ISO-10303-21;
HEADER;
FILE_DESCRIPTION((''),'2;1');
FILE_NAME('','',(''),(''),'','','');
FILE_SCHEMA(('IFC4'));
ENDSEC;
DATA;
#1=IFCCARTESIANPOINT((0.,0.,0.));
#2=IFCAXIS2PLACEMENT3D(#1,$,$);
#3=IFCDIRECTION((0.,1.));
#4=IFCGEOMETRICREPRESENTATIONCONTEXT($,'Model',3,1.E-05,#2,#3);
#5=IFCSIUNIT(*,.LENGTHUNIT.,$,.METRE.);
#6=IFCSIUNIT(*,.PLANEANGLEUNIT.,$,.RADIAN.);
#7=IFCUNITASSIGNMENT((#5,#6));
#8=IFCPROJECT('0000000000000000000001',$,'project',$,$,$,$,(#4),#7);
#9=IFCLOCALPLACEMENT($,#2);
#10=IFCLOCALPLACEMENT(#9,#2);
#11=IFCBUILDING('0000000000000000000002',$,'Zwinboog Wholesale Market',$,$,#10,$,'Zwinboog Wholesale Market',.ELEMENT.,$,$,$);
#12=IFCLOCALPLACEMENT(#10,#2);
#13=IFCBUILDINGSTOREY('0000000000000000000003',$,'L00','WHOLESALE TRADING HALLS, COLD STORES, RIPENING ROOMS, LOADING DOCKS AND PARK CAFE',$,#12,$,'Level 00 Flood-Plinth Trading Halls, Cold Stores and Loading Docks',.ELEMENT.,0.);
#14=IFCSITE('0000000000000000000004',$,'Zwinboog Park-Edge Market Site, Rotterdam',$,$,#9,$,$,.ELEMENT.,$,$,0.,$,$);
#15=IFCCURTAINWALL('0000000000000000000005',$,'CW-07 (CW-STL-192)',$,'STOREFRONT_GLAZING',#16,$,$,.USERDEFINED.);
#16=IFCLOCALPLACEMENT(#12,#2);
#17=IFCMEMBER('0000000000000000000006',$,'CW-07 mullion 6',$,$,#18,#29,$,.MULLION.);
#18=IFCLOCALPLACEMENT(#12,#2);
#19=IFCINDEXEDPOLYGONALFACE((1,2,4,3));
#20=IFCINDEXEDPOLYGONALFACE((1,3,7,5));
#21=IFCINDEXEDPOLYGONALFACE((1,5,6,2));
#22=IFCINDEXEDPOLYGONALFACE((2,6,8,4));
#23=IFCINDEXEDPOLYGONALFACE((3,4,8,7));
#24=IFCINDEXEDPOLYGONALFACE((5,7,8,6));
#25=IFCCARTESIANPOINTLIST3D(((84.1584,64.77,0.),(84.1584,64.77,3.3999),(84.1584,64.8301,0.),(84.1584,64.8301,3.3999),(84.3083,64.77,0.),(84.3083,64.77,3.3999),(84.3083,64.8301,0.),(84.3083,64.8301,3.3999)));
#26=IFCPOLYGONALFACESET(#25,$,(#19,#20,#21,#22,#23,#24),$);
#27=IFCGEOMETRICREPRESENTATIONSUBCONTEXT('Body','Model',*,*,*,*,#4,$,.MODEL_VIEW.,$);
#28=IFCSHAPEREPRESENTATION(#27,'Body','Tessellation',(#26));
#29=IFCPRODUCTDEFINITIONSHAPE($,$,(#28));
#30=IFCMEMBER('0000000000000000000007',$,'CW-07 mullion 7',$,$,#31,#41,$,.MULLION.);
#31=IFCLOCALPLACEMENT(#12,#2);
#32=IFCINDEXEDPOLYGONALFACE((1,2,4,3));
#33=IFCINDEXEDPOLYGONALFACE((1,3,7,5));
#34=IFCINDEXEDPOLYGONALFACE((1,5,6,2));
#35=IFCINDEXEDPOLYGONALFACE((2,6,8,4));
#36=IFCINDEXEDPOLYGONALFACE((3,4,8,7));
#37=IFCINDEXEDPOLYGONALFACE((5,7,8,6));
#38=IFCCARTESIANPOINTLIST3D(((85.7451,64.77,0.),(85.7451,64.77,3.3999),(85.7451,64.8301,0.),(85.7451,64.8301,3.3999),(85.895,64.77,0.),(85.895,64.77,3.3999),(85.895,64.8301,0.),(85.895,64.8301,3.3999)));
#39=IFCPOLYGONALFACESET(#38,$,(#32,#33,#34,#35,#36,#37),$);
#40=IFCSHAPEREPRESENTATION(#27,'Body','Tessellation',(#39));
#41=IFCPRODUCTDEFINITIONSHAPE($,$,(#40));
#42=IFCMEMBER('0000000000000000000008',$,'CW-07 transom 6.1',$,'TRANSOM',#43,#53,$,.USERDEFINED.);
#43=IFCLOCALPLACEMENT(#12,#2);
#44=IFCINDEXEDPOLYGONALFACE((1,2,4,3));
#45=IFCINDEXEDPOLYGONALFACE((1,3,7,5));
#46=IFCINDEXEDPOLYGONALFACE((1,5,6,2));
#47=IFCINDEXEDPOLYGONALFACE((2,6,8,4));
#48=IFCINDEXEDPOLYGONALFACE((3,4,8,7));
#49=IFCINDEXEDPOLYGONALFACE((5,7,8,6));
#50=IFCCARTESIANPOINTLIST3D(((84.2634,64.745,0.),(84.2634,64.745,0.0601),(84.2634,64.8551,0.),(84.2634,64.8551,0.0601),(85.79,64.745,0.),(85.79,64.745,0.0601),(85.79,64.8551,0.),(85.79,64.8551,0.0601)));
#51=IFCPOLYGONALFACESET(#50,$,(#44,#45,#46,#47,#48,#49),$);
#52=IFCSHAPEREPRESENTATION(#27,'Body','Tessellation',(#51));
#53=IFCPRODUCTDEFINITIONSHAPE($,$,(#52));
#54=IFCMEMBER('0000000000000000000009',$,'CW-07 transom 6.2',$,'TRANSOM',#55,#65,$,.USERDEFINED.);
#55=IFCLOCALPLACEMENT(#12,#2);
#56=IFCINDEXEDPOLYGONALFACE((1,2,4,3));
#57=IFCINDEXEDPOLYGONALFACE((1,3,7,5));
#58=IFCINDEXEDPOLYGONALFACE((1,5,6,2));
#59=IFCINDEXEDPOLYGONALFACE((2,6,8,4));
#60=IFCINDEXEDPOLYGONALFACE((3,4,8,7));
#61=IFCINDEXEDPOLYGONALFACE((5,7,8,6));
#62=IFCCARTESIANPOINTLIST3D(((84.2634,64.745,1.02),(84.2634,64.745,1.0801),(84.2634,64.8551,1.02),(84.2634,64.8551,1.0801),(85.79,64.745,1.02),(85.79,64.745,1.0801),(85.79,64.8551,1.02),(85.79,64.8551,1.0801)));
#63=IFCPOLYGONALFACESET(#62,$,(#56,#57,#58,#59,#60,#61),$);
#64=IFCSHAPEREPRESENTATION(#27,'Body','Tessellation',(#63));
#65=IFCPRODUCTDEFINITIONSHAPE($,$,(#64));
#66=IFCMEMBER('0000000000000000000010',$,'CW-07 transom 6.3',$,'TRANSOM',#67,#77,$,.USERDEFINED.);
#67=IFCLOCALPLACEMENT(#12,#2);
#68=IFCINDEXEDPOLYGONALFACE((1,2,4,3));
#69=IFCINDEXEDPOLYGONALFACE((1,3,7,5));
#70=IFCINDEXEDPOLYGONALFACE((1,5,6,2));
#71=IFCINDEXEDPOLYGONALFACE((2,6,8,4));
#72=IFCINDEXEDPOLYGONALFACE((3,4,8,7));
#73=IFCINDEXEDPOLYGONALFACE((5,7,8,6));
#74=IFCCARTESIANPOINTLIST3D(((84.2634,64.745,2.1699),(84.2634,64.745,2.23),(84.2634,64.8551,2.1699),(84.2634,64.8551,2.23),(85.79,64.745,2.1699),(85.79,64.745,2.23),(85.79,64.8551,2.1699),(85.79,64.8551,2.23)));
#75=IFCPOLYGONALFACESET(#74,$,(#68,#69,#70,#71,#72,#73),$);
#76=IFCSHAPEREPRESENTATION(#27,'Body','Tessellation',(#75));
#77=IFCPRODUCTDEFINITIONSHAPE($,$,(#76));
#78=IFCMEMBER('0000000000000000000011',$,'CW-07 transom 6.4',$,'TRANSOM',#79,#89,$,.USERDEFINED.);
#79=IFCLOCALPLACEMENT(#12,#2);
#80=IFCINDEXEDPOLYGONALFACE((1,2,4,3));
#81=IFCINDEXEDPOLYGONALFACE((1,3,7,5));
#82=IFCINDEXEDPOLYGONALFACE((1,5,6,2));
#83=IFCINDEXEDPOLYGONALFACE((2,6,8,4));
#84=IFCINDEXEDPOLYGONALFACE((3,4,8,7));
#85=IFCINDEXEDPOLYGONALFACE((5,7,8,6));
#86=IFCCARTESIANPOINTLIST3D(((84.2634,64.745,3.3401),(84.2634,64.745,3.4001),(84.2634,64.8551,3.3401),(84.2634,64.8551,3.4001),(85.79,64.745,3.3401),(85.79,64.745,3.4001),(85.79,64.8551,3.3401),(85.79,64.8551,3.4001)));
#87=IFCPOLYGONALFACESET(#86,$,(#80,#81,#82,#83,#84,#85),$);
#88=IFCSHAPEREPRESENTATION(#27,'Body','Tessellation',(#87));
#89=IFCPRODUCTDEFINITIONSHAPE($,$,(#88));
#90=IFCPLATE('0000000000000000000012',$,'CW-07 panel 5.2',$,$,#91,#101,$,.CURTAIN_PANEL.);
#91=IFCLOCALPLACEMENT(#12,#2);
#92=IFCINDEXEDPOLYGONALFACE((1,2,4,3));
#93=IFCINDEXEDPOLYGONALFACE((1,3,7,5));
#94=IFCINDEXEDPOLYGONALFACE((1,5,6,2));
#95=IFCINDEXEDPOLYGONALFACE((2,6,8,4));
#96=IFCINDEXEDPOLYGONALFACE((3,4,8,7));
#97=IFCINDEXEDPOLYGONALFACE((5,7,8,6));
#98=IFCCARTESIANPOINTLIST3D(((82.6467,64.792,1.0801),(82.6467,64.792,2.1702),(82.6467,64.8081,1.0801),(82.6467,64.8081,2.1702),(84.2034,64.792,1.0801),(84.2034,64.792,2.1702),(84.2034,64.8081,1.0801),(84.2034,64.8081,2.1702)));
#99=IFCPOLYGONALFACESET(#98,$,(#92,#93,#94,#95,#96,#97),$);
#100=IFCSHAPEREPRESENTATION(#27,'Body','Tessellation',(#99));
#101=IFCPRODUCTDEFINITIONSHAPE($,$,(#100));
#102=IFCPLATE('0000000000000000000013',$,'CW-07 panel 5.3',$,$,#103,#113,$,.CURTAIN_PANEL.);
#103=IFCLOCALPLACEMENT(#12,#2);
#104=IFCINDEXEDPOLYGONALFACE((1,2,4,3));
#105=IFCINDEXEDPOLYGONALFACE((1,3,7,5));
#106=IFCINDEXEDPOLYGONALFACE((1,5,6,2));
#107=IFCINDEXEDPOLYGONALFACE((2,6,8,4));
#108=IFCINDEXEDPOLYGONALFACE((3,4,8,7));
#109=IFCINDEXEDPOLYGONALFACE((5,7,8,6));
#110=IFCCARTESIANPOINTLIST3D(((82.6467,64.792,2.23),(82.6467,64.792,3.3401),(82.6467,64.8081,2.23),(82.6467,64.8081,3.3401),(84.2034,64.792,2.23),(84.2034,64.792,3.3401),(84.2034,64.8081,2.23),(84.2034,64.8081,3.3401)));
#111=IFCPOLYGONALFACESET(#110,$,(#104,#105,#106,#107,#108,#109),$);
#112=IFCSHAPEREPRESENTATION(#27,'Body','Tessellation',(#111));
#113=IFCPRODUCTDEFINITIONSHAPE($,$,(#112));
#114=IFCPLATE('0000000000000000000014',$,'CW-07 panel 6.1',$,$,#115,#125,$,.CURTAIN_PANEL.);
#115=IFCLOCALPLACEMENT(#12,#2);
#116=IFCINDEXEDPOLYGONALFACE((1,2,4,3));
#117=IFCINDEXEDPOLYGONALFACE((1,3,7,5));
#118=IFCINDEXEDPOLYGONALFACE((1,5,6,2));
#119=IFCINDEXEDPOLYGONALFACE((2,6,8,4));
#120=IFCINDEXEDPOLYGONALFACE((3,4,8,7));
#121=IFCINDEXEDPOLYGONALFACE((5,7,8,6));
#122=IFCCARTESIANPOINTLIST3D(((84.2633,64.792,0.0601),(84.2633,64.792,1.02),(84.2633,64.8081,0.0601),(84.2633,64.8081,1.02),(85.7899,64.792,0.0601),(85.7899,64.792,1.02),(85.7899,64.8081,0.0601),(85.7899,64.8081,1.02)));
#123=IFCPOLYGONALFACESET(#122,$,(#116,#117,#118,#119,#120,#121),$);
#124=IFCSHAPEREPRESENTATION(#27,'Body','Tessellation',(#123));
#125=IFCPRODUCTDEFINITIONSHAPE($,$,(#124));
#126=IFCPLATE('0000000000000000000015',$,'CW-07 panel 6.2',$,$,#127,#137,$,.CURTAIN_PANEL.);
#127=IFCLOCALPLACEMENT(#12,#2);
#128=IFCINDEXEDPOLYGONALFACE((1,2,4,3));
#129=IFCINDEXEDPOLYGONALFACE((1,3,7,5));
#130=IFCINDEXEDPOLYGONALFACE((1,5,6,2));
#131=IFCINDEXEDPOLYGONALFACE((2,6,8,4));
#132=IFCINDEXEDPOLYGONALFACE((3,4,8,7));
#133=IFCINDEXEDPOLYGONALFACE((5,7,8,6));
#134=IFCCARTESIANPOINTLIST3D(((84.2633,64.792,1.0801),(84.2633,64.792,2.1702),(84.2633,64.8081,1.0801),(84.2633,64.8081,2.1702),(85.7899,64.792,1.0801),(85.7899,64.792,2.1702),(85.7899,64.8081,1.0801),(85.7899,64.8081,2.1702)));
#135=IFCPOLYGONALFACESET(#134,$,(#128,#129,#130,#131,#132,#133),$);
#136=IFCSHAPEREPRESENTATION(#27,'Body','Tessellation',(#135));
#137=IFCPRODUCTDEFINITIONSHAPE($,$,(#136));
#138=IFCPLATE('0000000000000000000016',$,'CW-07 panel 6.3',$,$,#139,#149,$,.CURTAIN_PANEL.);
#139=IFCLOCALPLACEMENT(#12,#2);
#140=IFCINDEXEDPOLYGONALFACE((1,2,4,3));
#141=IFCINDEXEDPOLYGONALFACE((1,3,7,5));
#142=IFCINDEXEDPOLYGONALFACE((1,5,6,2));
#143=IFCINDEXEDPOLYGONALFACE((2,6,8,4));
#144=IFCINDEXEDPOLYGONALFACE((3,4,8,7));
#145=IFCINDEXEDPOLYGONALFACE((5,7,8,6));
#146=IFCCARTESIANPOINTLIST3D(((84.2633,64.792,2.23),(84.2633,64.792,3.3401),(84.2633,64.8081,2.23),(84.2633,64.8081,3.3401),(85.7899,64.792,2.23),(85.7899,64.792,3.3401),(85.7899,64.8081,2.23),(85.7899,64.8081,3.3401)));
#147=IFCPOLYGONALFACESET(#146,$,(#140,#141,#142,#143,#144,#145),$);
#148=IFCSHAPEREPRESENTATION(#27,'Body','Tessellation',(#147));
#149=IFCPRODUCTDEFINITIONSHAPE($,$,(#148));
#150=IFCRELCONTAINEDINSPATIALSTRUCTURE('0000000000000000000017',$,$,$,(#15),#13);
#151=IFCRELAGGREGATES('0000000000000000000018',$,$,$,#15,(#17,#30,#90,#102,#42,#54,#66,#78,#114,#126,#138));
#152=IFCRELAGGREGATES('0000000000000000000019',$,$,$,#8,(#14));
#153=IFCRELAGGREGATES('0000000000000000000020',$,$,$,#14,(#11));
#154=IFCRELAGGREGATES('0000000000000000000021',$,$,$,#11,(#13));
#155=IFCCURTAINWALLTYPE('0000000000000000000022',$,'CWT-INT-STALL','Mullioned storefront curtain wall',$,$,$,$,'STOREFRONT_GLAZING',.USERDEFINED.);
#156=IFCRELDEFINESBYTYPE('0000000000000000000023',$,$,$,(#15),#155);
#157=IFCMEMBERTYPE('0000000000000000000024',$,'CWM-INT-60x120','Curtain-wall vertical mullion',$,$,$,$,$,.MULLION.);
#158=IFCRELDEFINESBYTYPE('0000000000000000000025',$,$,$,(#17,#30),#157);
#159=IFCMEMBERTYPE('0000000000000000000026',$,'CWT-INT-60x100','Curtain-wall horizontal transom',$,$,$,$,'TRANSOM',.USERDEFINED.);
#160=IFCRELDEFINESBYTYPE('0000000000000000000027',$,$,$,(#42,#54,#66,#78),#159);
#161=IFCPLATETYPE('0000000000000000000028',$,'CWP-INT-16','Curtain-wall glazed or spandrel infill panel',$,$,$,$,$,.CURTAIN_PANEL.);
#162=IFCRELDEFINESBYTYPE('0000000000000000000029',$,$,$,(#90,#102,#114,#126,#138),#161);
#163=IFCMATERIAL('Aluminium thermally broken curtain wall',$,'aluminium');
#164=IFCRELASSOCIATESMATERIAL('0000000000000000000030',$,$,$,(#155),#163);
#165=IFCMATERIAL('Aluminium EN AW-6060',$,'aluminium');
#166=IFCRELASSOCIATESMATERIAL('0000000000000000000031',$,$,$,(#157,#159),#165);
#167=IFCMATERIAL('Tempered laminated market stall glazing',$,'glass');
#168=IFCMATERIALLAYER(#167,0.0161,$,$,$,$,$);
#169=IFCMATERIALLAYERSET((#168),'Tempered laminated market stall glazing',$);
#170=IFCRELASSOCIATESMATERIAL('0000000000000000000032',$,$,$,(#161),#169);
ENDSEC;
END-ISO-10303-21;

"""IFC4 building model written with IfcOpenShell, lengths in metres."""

from ifc_helpers import new_model, si_unit, direction, frame, origin, origin_2d, place, context, subcontext, project, spatial, rectangle, extrude, material, layer, layer_set, material_profile, profile_set, type_object, element, aggregate, save


model = new_model("IFC4")

# Units and contexts
model_context = context("Model", 3, precision=1e-05, world=origin(), true_north=direction((0.0, 1.0)))
body_context = subcontext(model_context, "Body", "Model", "MODEL_VIEW")
ifc_project = project(units=[si_unit("LENGTHUNIT", "METRE"), si_unit("PLANEANGLEUNIT", "RADIAN")], contexts=[model_context])

# Site, building, storey
site_placement = place(None, origin())
site = spatial("IfcSite", under=ifc_project, at=site_placement, Name="Zwinboog Park-Edge Market Site, Rotterdam", CompositionType="ELEMENT", RefElevation=0.0)
building_placement = place(site_placement, origin())
building = spatial("IfcBuilding", under=site, at=building_placement, Name="Zwinboog Wholesale Market", LongName="Zwinboog Wholesale Market", CompositionType="ELEMENT")
storey_placement = place(building_placement, origin())
storey = spatial("IfcBuildingStorey", under=building, at=storey_placement, Name="L00", Description="WHOLESALE TRADING HALLS, COLD STORES, RIPENING ROOMS, LOADING DOCKS AND PARK CAFE", LongName="Level 00 Flood-Plinth Trading Halls, Cold Stores and Loading Docks", CompositionType="ELEMENT", Elevation=0.0)

# Curtain wall, members, plates
ifc_material_1 = material(Name="Aluminium thermally broken curtain wall", Category="aluminium")
curtain_wall_type = type_object("IfcCurtainWallType", Name="CWT-INT-STALL", Description="Mullioned storefront curtain wall", ElementType="STOREFRONT_GLAZING", PredefinedType="USERDEFINED", material=ifc_material_1)
curtain_wall_placement = place(storey_placement, origin())
curtain_wall = element("IfcCurtainWall", 1, at=curtain_wall_placement, inside=storey, type_object=curtain_wall_type, Name="CW-07 (CW-STL-192)", ObjectType="STOREFRONT_GLAZING", PredefinedType="USERDEFINED")
ifc_material_2 = material(Name="Aluminium EN AW-6060", Category="aluminium")
ifc_material_profile_1 = material_profile(ifc_material_2, rectangle(XDim=0.0601, YDim=0.1499, at=origin_2d()), Name="AL 60x150")
ifc_profile_set_1 = profile_set([ifc_material_profile_1], Name="Aluminium EN AW-6060")
member_type_1 = type_object("IfcMemberType", Name="CWM-INT-60x120", Description="Curtain-wall vertical mullion", PredefinedType="MULLION", material=ifc_profile_set_1)
member_1_placement = place(storey_placement, frame((84.2334, 64.8, 0.0), z_axis=(0.0, 0.0, 1.0), x_axis=(0.0, 1.0, 0.0)))
member_1 = element("IfcMember", 2, at=member_1_placement, type_object=member_type_1, Name="CW-07 mullion 6", PredefinedType="MULLION", context=body_context, shape_type="SweptSolid", body=[
    extrude(rectangle(XDim=0.0601, YDim=0.1499, at=origin_2d()), origin(), (0.0, 0.0, 1.0), 3.3999),
])
member_2_placement = place(storey_placement, frame((85.8201, 64.8, 0.0), z_axis=(0.0, 0.0, 1.0), x_axis=(0.0, 1.0, 0.0)))
member_2 = element("IfcMember", 3, at=member_2_placement, type_object=member_type_1, Name="CW-07 mullion 7", PredefinedType="MULLION", context=body_context, shape_type="SweptSolid", body=[
    extrude(rectangle(XDim=0.0601, YDim=0.1499, at=origin_2d()), origin(), (0.0, 0.0, 1.0), 3.3999),
])
ifc_material_profile_2 = material_profile(ifc_material_2, rectangle(XDim=0.1101, YDim=0.0601, at=origin_2d()), Name="AL 60x110")
ifc_profile_set_2 = profile_set([ifc_material_profile_2], Name="Aluminium EN AW-6060")
member_type_2 = type_object("IfcMemberType", Name="CWT-INT-60x100", Description="Curtain-wall horizontal transom", ElementType="TRANSOM", PredefinedType="USERDEFINED", material=ifc_profile_set_2)
member_3_placement = place(storey_placement, frame((84.2634, 64.8, 0.03), z_axis=(1.0, 0.0, 0.0), x_axis=(0.0, 1.0, 0.0)))
member_3 = element("IfcMember", 4, at=member_3_placement, type_object=member_type_2, Name="CW-07 transom 6.1", ObjectType="TRANSOM", PredefinedType="USERDEFINED", context=body_context, shape_type="SweptSolid", body=[
    extrude(rectangle(XDim=0.1101, YDim=0.0601, at=origin_2d()), origin(), (0.0, 0.0, 1.0), 1.5266),
])
member_4_placement = place(storey_placement, frame((84.2634, 64.8, 1.05), z_axis=(1.0, 0.0, 0.0), x_axis=(0.0, 1.0, 0.0)))
member_4 = element("IfcMember", 5, at=member_4_placement, type_object=member_type_2, Name="CW-07 transom 6.2", ObjectType="TRANSOM", PredefinedType="USERDEFINED", context=body_context, shape_type="SweptSolid", body=[
    extrude(rectangle(XDim=0.1101, YDim=0.0601, at=origin_2d()), origin(), (0.0, 0.0, 1.0), 1.5266),
])
member_5_placement = place(storey_placement, frame((84.2634, 64.8, 2.2), z_axis=(1.0, 0.0, 0.0), x_axis=(0.0, 1.0, 0.0)))
member_5 = element("IfcMember", 6, at=member_5_placement, type_object=member_type_2, Name="CW-07 transom 6.3", ObjectType="TRANSOM", PredefinedType="USERDEFINED", context=body_context, shape_type="SweptSolid", body=[
    extrude(rectangle(XDim=0.1101, YDim=0.0601, at=origin_2d()), origin(), (0.0, 0.0, 1.0), 1.5266),
])
member_6_placement = place(storey_placement, frame((84.2634, 64.8, 3.3701), z_axis=(1.0, 0.0, 0.0), x_axis=(0.0, 1.0, 0.0)))
member_6 = element("IfcMember", 7, at=member_6_placement, type_object=member_type_2, Name="CW-07 transom 6.4", ObjectType="TRANSOM", PredefinedType="USERDEFINED", context=body_context, shape_type="SweptSolid", body=[
    extrude(rectangle(XDim=0.1101, YDim=0.0601, at=origin_2d()), origin(), (0.0, 0.0, 1.0), 1.5266),
])
ifc_material_3 = material(Name="Tempered laminated market stall glazing", Category="glass")
ifc_layer = layer(ifc_material_3, 0.0161)
ifc_layer_set = layer_set([ifc_layer], Name="Tempered laminated market stall glazing")
plate_type = type_object("IfcPlateType", Name="CWP-INT-16", Description="Curtain-wall glazed or spandrel infill panel", PredefinedType="CURTAIN_PANEL", material=ifc_layer_set)
plate_1_placement = place(storey_placement, frame((83.425, 64.8, 1.0801), z_axis=(0.0, 0.0, 1.0), x_axis=(1.0, 0.0, 0.0)))
plate_1 = element("IfcPlate", 8, at=plate_1_placement, type_object=plate_type, Name="CW-07 panel 5.2", PredefinedType="CURTAIN_PANEL", context=body_context, shape_type="SweptSolid", body=[
    extrude(rectangle(XDim=1.5566, YDim=0.0161, at=origin_2d()), origin(), (0.0, 0.0, 1.0), 1.0901),
])
plate_2_placement = place(storey_placement, frame((83.425, 64.8, 2.23), z_axis=(0.0, 0.0, 1.0), x_axis=(1.0, 0.0, 0.0)))
plate_2 = element("IfcPlate", 9, at=plate_2_placement, type_object=plate_type, Name="CW-07 panel 5.3", PredefinedType="CURTAIN_PANEL", context=body_context, shape_type="SweptSolid", body=[
    extrude(rectangle(XDim=1.5566, YDim=0.0161, at=origin_2d()), origin(), (0.0, 0.0, 1.0), 1.1101),
])
plate_3_placement = place(storey_placement, frame((85.0266, 64.8, 0.0601), z_axis=(0.0, 0.0, 1.0), x_axis=(1.0, 0.0, 0.0)))
plate_3 = element("IfcPlate", 10, at=plate_3_placement, type_object=plate_type, Name="CW-07 panel 6.1", PredefinedType="CURTAIN_PANEL", context=body_context, shape_type="SweptSolid", body=[
    extrude(rectangle(XDim=1.5266, YDim=0.0161, at=origin_2d()), origin(), (0.0, 0.0, 1.0), 0.96),
])
plate_4_placement = place(storey_placement, frame((85.0266, 64.8, 1.0801), z_axis=(0.0, 0.0, 1.0), x_axis=(1.0, 0.0, 0.0)))
plate_4 = element("IfcPlate", 11, at=plate_4_placement, type_object=plate_type, Name="CW-07 panel 6.2", PredefinedType="CURTAIN_PANEL", context=body_context, shape_type="SweptSolid", body=[
    extrude(rectangle(XDim=1.5266, YDim=0.0161, at=origin_2d()), origin(), (0.0, 0.0, 1.0), 1.0901),
])
plate_5_placement = place(storey_placement, frame((85.0266, 64.8, 2.23), z_axis=(0.0, 0.0, 1.0), x_axis=(1.0, 0.0, 0.0)))
plate_5 = element("IfcPlate", 12, at=plate_5_placement, type_object=plate_type, Name="CW-07 panel 6.3", PredefinedType="CURTAIN_PANEL", context=body_context, shape_type="SweptSolid", body=[
    extrude(rectangle(XDim=1.5266, YDim=0.0161, at=origin_2d()), origin(), (0.0, 0.0, 1.0), 1.1101),
])
aggregate(curtain_wall, [member_1, member_2, plate_1, plate_2, member_3, member_4, member_5, member_6, plate_3, plate_4, plate_5])

save(model, "model.ifc")
